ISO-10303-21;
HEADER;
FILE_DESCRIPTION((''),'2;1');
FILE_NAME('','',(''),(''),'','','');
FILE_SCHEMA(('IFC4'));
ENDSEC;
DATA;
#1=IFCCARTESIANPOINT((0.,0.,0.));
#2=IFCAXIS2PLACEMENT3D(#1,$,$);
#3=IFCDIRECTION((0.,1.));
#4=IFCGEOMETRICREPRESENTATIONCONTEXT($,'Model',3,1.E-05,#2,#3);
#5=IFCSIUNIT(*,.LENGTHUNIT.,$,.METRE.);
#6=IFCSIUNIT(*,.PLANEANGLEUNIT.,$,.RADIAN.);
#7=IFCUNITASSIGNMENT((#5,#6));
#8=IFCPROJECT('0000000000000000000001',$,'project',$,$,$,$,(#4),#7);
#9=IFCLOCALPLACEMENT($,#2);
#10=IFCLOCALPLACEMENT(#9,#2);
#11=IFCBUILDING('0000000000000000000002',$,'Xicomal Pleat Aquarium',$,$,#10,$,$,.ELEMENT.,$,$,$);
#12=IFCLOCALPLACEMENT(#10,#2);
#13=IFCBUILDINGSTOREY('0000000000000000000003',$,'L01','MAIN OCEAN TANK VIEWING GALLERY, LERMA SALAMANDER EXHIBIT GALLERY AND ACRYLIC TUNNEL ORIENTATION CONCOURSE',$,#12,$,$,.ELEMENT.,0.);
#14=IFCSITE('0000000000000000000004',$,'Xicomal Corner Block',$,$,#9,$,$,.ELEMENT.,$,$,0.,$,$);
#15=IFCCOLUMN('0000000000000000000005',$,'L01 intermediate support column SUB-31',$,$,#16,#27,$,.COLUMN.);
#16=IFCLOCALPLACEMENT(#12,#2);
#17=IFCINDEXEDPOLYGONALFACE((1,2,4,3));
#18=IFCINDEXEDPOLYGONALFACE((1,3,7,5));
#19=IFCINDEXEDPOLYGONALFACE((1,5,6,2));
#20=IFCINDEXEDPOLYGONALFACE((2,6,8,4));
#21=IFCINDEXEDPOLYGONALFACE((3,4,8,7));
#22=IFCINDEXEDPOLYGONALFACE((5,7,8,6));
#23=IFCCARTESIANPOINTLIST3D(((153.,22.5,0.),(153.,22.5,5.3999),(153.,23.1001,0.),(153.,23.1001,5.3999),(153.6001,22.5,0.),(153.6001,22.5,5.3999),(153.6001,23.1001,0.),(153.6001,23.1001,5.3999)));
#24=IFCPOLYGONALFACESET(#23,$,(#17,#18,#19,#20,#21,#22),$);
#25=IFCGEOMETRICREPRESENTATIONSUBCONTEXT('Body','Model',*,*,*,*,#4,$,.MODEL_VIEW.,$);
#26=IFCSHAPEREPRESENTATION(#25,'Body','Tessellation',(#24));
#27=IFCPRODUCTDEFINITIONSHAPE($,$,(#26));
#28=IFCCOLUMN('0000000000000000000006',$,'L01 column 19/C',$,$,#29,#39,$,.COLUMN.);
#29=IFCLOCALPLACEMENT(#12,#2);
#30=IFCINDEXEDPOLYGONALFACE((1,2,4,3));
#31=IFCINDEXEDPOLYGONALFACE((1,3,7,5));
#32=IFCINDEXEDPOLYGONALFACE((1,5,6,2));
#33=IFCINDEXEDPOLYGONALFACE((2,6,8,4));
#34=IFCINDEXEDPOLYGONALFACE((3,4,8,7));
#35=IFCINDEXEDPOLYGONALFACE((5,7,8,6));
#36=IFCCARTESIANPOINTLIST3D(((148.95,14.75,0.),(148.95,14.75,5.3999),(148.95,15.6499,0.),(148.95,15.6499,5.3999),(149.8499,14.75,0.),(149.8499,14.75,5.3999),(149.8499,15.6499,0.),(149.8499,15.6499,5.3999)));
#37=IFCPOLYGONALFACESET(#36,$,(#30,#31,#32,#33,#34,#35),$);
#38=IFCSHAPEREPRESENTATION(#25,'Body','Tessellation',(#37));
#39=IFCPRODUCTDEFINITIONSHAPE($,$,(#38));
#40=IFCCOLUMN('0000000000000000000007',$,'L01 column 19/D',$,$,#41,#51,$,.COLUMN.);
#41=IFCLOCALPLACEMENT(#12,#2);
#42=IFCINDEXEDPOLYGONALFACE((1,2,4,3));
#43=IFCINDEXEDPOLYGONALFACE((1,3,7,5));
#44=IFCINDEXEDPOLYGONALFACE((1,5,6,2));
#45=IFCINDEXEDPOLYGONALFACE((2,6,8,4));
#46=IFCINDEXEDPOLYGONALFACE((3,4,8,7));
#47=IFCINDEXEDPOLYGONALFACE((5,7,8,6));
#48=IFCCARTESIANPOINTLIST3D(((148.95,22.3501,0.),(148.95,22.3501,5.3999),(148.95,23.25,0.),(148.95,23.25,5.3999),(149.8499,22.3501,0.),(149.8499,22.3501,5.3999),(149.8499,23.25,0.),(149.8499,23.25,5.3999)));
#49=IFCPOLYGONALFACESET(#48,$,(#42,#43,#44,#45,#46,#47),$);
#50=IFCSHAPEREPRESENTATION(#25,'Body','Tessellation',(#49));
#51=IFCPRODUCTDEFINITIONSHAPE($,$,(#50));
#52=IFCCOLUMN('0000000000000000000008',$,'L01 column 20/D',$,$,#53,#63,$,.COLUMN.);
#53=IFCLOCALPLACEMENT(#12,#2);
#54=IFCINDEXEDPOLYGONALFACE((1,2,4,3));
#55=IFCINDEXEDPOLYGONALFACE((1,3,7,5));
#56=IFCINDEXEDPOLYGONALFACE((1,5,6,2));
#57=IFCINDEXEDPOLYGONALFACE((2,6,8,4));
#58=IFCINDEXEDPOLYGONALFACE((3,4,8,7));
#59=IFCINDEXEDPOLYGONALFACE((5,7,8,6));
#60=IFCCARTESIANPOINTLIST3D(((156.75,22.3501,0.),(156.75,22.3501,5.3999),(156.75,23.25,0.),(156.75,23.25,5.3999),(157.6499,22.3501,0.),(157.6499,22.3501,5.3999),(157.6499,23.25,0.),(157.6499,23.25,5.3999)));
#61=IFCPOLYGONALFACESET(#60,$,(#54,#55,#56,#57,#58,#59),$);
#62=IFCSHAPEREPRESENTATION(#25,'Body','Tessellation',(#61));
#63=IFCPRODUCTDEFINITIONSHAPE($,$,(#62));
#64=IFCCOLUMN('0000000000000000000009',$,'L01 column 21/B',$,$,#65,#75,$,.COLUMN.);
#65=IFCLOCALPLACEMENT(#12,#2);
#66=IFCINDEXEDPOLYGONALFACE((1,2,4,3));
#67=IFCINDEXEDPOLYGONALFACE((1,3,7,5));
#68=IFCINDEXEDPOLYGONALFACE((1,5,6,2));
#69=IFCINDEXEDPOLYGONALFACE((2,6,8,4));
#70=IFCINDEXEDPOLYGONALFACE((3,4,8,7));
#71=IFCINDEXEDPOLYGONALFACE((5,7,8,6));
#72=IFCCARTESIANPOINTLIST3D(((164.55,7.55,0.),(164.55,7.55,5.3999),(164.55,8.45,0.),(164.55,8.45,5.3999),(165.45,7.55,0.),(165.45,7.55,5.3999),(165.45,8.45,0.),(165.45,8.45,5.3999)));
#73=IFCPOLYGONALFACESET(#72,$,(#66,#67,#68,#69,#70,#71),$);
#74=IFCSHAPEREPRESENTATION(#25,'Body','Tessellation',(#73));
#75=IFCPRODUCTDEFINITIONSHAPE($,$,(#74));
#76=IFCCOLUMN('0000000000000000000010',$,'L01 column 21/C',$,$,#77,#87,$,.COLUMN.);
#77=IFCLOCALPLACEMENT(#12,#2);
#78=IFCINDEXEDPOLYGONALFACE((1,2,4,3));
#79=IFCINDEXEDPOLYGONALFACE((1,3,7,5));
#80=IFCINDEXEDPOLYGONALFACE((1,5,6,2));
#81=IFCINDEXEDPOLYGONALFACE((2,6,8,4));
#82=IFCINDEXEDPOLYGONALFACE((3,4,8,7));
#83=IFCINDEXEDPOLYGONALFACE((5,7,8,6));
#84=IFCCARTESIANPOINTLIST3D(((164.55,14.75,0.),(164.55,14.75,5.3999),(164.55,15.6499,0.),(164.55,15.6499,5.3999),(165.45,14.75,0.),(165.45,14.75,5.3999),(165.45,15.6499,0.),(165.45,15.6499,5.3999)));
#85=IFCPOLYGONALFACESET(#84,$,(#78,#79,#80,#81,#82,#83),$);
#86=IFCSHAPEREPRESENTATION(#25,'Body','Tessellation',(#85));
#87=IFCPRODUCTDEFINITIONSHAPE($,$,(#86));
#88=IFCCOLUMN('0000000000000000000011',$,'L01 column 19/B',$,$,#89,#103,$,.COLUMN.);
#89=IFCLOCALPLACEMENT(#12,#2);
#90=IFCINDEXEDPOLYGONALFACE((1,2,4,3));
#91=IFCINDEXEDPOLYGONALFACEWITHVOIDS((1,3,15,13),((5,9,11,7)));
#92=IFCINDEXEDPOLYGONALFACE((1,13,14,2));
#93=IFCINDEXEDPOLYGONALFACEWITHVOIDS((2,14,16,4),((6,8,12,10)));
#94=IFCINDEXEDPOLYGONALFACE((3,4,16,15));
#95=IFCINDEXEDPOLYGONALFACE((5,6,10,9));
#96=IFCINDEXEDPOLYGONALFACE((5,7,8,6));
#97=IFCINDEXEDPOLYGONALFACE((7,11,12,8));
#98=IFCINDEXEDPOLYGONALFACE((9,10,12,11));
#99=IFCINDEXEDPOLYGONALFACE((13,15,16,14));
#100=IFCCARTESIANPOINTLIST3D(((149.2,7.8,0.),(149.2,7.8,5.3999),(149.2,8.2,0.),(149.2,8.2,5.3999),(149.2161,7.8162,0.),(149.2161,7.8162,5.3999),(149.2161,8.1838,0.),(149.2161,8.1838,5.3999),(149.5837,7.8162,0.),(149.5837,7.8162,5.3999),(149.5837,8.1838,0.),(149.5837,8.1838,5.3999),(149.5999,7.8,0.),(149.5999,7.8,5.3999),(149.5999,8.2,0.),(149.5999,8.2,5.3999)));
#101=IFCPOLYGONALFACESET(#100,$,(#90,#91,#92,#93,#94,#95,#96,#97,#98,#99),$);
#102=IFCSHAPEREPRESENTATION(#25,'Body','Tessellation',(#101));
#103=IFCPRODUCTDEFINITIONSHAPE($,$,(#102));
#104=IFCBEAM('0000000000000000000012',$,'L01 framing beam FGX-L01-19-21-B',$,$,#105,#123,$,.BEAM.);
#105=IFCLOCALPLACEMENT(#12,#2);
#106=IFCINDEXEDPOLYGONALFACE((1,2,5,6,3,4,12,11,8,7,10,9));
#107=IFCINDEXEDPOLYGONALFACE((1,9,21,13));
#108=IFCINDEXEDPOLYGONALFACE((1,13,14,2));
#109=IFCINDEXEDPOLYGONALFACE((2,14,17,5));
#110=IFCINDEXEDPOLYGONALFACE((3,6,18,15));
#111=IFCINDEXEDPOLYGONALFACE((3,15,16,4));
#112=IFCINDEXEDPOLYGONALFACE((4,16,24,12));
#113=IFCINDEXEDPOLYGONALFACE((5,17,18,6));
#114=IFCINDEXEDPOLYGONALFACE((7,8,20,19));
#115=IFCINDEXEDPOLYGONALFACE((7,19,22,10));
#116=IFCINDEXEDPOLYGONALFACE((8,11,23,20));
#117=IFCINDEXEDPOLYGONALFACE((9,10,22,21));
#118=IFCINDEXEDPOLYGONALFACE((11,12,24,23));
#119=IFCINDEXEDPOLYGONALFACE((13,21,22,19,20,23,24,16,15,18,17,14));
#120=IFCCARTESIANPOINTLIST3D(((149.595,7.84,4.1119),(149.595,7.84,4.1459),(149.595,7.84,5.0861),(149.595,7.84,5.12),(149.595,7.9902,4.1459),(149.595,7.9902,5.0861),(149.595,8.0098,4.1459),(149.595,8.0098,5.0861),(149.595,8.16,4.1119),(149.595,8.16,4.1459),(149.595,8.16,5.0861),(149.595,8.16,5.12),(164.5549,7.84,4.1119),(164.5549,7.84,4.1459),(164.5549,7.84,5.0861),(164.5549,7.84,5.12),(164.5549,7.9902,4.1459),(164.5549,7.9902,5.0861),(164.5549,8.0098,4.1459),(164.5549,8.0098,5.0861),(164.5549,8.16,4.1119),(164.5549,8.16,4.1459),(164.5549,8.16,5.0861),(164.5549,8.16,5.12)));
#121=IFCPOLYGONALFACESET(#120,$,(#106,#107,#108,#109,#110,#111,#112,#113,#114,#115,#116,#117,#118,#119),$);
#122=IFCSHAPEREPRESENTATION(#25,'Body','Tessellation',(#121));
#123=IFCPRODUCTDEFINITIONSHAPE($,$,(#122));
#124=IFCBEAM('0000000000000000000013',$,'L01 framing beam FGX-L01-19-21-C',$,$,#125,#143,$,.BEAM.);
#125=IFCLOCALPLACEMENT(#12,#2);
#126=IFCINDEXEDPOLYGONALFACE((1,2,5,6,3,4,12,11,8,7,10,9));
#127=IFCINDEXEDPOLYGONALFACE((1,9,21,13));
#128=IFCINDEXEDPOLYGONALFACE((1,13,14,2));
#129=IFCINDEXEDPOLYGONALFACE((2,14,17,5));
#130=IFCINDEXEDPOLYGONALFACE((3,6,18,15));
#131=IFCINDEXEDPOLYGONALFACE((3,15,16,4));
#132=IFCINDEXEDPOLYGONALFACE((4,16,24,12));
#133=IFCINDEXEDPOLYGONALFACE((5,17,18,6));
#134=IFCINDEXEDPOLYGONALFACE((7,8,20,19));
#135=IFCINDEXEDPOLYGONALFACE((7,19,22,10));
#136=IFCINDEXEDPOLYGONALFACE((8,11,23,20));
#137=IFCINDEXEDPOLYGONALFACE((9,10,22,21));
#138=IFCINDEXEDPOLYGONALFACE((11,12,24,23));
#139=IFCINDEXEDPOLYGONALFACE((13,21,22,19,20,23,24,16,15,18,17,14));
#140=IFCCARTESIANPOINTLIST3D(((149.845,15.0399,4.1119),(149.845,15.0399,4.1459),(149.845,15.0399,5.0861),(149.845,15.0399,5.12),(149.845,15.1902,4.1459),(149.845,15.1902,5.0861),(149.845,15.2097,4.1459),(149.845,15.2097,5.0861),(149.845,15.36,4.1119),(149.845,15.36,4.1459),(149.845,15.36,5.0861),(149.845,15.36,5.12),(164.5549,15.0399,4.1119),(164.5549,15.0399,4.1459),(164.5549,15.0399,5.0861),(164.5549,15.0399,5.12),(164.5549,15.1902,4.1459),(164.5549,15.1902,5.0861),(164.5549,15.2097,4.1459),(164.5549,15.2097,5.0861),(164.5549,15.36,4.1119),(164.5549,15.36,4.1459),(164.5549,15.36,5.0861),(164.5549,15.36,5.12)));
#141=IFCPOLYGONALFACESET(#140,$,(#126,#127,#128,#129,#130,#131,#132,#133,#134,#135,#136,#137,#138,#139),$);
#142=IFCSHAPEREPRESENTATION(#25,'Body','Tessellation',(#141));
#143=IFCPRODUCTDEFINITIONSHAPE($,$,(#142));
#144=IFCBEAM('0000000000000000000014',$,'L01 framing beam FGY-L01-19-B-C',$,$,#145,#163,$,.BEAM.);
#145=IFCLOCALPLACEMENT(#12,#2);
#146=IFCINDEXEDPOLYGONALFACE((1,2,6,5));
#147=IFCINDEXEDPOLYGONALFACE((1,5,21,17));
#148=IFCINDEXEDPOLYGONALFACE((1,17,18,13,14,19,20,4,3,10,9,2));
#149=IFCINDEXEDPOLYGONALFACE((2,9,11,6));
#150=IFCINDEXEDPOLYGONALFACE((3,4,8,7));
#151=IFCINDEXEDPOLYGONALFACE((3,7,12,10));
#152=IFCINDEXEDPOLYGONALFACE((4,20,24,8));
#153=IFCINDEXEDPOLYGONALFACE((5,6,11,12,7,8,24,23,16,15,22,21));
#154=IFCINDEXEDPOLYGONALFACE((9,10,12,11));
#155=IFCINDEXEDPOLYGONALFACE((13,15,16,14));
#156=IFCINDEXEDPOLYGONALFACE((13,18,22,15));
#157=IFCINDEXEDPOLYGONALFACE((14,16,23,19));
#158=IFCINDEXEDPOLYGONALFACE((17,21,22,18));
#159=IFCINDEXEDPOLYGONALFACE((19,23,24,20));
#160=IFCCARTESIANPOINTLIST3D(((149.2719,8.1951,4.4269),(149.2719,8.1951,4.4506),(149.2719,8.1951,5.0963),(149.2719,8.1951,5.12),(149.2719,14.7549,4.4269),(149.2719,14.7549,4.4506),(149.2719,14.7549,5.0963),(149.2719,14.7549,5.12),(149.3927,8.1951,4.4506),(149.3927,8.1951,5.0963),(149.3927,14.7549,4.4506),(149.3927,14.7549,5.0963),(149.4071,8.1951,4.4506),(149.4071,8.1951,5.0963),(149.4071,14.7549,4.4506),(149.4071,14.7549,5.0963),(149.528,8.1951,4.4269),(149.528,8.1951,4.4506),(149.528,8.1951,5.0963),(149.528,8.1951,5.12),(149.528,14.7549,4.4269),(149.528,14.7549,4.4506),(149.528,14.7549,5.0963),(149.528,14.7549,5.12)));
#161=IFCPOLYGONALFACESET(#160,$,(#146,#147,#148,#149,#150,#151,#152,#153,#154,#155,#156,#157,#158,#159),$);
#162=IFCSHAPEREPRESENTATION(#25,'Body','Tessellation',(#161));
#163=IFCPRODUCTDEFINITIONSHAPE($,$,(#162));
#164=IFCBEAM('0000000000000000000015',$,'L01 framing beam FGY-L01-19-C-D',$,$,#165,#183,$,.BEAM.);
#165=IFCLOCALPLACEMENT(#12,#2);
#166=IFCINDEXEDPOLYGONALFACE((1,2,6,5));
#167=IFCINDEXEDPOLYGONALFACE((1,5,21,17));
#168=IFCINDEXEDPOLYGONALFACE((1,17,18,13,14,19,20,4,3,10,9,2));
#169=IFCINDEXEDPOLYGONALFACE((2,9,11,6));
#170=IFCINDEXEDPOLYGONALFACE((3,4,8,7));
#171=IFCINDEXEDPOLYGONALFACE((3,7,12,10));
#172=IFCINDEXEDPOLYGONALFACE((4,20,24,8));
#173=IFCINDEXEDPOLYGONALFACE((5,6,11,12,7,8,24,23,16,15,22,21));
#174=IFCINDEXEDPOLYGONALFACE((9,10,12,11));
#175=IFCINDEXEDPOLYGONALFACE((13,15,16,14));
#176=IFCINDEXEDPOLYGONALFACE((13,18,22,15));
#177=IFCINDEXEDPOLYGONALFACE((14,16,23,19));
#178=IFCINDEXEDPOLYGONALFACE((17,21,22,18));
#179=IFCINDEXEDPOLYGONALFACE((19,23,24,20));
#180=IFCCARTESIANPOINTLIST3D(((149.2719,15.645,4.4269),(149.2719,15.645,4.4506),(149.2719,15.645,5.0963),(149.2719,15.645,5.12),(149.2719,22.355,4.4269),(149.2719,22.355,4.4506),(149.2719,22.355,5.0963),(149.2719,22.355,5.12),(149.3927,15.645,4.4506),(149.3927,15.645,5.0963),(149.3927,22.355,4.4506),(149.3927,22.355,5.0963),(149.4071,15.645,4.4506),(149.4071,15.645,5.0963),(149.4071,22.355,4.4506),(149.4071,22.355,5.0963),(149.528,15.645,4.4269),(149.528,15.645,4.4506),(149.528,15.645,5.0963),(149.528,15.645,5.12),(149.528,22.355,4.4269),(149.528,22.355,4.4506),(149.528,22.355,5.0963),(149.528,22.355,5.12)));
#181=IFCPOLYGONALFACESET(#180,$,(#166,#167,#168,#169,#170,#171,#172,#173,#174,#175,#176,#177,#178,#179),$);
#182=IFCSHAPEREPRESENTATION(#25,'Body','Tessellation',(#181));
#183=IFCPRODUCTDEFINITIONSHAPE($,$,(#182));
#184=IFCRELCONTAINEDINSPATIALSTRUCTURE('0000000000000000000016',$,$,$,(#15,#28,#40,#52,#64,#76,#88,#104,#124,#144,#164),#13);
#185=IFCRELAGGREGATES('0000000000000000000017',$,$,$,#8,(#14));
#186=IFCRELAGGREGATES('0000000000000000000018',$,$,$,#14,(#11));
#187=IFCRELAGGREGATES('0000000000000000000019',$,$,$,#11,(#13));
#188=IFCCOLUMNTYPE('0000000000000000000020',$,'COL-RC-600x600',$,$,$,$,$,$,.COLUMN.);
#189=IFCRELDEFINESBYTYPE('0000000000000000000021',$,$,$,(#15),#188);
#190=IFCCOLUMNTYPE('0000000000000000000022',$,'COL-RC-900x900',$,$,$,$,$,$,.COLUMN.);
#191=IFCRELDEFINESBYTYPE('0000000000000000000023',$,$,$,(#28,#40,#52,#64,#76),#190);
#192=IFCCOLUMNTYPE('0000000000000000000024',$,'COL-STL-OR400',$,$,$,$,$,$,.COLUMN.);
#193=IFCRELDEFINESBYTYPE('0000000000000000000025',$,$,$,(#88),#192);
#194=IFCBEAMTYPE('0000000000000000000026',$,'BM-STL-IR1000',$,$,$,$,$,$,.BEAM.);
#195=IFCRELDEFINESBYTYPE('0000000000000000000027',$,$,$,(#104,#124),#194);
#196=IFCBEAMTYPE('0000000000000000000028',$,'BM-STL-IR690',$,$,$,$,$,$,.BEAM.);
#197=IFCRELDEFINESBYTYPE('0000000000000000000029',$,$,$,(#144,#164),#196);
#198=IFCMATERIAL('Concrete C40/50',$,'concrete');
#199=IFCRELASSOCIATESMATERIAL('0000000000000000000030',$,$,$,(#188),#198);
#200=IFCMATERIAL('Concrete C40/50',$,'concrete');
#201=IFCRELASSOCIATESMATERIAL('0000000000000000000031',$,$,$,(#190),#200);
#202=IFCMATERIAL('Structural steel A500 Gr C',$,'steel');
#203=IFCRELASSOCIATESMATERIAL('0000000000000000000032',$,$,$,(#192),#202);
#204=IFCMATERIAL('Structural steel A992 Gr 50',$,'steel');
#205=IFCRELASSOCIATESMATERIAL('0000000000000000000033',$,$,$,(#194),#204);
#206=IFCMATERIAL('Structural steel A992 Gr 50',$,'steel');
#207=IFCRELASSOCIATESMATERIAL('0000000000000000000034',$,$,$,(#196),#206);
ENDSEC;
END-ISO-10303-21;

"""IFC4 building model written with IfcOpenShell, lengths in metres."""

from ifc_helpers import new_model, si_unit, direction, frame, origin, origin_2d, place, context, subcontext, project, spatial, rectangle, hollow_rectangle, i_section, extrude, material, material_profile, profile_set, type_object, element, save


model = new_model("IFC4")

# Units and contexts
model_context = context("Model", 3, precision=1e-05, world=origin(), true_north=direction((0.0, 1.0)))
body_context = subcontext(model_context, "Body", "Model", "MODEL_VIEW")
ifc_project = project(units=[si_unit("LENGTHUNIT", "METRE"), si_unit("PLANEANGLEUNIT", "RADIAN")], contexts=[model_context])

# Site, building, storey
site_placement = place(None, origin())
site = spatial("IfcSite", under=ifc_project, at=site_placement, Name="Xicomal Corner Block", CompositionType="ELEMENT", RefElevation=0.0)
building_placement = place(site_placement, origin())
building = spatial("IfcBuilding", under=site, at=building_placement, Name="Xicomal Pleat Aquarium", CompositionType="ELEMENT")
storey_placement = place(building_placement, origin())
storey = spatial("IfcBuildingStorey", under=building, at=storey_placement, Name="L01", Description="MAIN OCEAN TANK VIEWING GALLERY, LERMA SALAMANDER EXHIBIT GALLERY AND ACRYLIC TUNNEL ORIENTATION CONCOURSE", CompositionType="ELEMENT", Elevation=0.0)

# Columns
ifc_material_1 = material(Name="Concrete C40/50", Category="concrete")
ifc_material_profile_1 = material_profile(ifc_material_1, rectangle(XDim=0.6001, YDim=0.6001, at=origin_2d()), Name="RC 600x600")
ifc_profile_set_1 = profile_set([ifc_material_profile_1], Name="Concrete C40/50")
column_type_1 = type_object("IfcColumnType", Name="COL-RC-600x600", PredefinedType="COLUMN", material=ifc_profile_set_1)
column_1_placement = place(storey_placement, frame((153.3, 22.8, 0.0), z_axis=(0.0, 0.0, 1.0), x_axis=(1.0, 0.0, 0.0)))
element("IfcColumn", 1, at=column_1_placement, inside=storey, type_object=column_type_1, Name="L01 intermediate support column SUB-31", PredefinedType="COLUMN", context=body_context, shape_type="SweptSolid", body=[
    extrude(rectangle(XDim=0.6001, YDim=0.6001, at=origin_2d()), origin(), (0.0, 0.0, 1.0), 5.3999),
])
ifc_material_2 = material(Name="Concrete C40/50", Category="concrete")
ifc_material_profile_2 = material_profile(ifc_material_2, rectangle(XDim=0.8999, YDim=0.8999, at=origin_2d()), Name="RC 900x900")
ifc_profile_set_2 = profile_set([ifc_material_profile_2], Name="Concrete C40/50")
column_type_2 = type_object("IfcColumnType", Name="COL-RC-900x900", PredefinedType="COLUMN", material=ifc_profile_set_2)
for number, where, z_axis, x_axis, name in (
    (2, (149.3999, 15.2, 0.0), (0.0, 0.0, 1.0), (1.0, 0.0, 0.0), "L01 column 19/C"),
    (3, (149.3999, 22.8, 0.0), (0.0, 0.0, 1.0), (1.0, 0.0, 0.0), "L01 column 19/D"),
    (4, (157.2, 22.8, 0.0), (0.0, 0.0, 1.0), (1.0, 0.0, 0.0), "L01 column 20/D"),
    (5, (165.0, 8.0, 0.0), (0.0, 0.0, 1.0), (1.0, 0.0, 0.0), "L01 column 21/B"),
    (6, (165.0, 15.2, 0.0), (0.0, 0.0, 1.0), (1.0, 0.0, 0.0), "L01 column 21/C"),
):
    element("IfcColumn", number, at=place(storey_placement, frame(where, z_axis=z_axis, x_axis=x_axis)), inside=storey, type_object=column_type_2, Name=name, PredefinedType="COLUMN", context=body_context, shape_type="SweptSolid", body=[
        extrude(rectangle(XDim=0.8999, YDim=0.8999, at=origin_2d()), origin(), (0.0, 0.0, 1.0), 5.3999),
    ])
ifc_material_3 = material(Name="Structural steel A500 Gr C", Category="steel")
ifc_material_profile_3 = material_profile(ifc_material_3, hollow_rectangle(XDim=0.3999, YDim=0.3999, WallThickness=0.0161, at=origin_2d()), Name="OR 400x400x16")
ifc_profile_set_3 = profile_set([ifc_material_profile_3], Name="Structural steel A500 Gr C")
column_type_3 = type_object("IfcColumnType", Name="COL-STL-OR400", PredefinedType="COLUMN", material=ifc_profile_set_3)
column_2_placement = place(storey_placement, frame((149.3999, 8.0, 0.0), z_axis=(0.0, 0.0, 1.0), x_axis=(1.0, 0.0, 0.0)))
element("IfcColumn", 7, at=column_2_placement, inside=storey, type_object=column_type_3, Name="L01 column 19/B", PredefinedType="COLUMN", context=body_context, shape_type="SweptSolid", body=[
    extrude(hollow_rectangle(XDim=0.3999, YDim=0.3999, WallThickness=0.0161, at=origin_2d()), origin(), (0.0, 0.0, 1.0), 5.3999),
])

# Beams
ifc_material_4 = material(Name="Structural steel A992 Gr 50", Category="steel")
ifc_material_profile_4 = material_profile(ifc_material_4, i_section(OverallWidth=0.3201, OverallDepth=1.0081, WebThickness=0.0195, FlangeThickness=0.0339, at=origin_2d()), Name="IR 1000x321")
ifc_profile_set_4 = profile_set([ifc_material_profile_4], Name="Structural steel A992 Gr 50")
beam_type_1 = type_object("IfcBeamType", Name="BM-STL-IR1000", PredefinedType="BEAM", material=ifc_profile_set_4)
beam_1_placement = place(storey_placement, frame((149.595, 8.0, 4.616), z_axis=(1.0, 0.0, 0.0), x_axis=(0.0, 1.0, 0.0)))
element("IfcBeam", 8, at=beam_1_placement, inside=storey, type_object=beam_type_1, Name="L01 framing beam FGX-L01-19-21-B", PredefinedType="BEAM", context=body_context, shape_type="SweptSolid", body=[
    extrude(i_section(OverallWidth=0.3201, OverallDepth=1.0081, WebThickness=0.0195, FlangeThickness=0.0339, at=origin_2d()), origin(), (0.0, 0.0, 1.0), 14.96),
])
beam_2_placement = place(storey_placement, frame((149.845, 15.2, 4.616), z_axis=(1.0, 0.0, 0.0), x_axis=(0.0, 1.0, 0.0)))
element("IfcBeam", 9, at=beam_2_placement, inside=storey, type_object=beam_type_1, Name="L01 framing beam FGX-L01-19-21-C", PredefinedType="BEAM", context=body_context, shape_type="SweptSolid", body=[
    extrude(i_section(OverallWidth=0.3201, OverallDepth=1.0081, WebThickness=0.0195, FlangeThickness=0.0339, at=origin_2d()), origin(), (0.0, 0.0, 1.0), 14.71),
])
ifc_material_5 = material(Name="Structural steel A992 Gr 50", Category="steel")
ifc_material_profile_5 = material_profile(ifc_material_5, i_section(OverallWidth=0.2561, OverallDepth=0.6931, WebThickness=0.0144, FlangeThickness=0.0237, at=origin_2d()), Name="IR 690x170")
ifc_profile_set_5 = profile_set([ifc_material_profile_5], Name="Structural steel A992 Gr 50")
beam_type_2 = type_object("IfcBeamType", Name="BM-STL-IR690", PredefinedType="BEAM", material=ifc_profile_set_5)
beam_3_placement = place(storey_placement, frame((149.3999, 8.1951, 4.7734), z_axis=(0.0, 1.0, 0.0), x_axis=(-1.0, 0.0, 0.0)))
element("IfcBeam", 10, at=beam_3_placement, inside=storey, type_object=beam_type_2, Name="L01 framing beam FGY-L01-19-B-C", PredefinedType="BEAM", context=body_context, shape_type="SweptSolid", body=[
    extrude(i_section(OverallWidth=0.2561, OverallDepth=0.6931, WebThickness=0.0144, FlangeThickness=0.0237, at=origin_2d()), origin(), (0.0, 0.0, 1.0), 6.5598),
])
for number, where, z_axis, x_axis, name in (
    (11, (149.3999, 15.645, 4.7734), (0.0, 1.0, 0.0), (-1.0, 0.0, 0.0), "L01 framing beam FGY-L01-19-C-D"),
):
    element("IfcBeam", number, at=place(storey_placement, frame(where, z_axis=z_axis, x_axis=x_axis)), inside=storey, type_object=beam_type_2, Name=name, PredefinedType="BEAM", context=body_context, shape_type="SweptSolid", body=[
        extrude(i_section(OverallWidth=0.2561, OverallDepth=0.6931, WebThickness=0.0144, FlangeThickness=0.0237, at=origin_2d()), origin(), (0.0, 0.0, 1.0), 6.71),
    ])

save(model, "model.ifc")
